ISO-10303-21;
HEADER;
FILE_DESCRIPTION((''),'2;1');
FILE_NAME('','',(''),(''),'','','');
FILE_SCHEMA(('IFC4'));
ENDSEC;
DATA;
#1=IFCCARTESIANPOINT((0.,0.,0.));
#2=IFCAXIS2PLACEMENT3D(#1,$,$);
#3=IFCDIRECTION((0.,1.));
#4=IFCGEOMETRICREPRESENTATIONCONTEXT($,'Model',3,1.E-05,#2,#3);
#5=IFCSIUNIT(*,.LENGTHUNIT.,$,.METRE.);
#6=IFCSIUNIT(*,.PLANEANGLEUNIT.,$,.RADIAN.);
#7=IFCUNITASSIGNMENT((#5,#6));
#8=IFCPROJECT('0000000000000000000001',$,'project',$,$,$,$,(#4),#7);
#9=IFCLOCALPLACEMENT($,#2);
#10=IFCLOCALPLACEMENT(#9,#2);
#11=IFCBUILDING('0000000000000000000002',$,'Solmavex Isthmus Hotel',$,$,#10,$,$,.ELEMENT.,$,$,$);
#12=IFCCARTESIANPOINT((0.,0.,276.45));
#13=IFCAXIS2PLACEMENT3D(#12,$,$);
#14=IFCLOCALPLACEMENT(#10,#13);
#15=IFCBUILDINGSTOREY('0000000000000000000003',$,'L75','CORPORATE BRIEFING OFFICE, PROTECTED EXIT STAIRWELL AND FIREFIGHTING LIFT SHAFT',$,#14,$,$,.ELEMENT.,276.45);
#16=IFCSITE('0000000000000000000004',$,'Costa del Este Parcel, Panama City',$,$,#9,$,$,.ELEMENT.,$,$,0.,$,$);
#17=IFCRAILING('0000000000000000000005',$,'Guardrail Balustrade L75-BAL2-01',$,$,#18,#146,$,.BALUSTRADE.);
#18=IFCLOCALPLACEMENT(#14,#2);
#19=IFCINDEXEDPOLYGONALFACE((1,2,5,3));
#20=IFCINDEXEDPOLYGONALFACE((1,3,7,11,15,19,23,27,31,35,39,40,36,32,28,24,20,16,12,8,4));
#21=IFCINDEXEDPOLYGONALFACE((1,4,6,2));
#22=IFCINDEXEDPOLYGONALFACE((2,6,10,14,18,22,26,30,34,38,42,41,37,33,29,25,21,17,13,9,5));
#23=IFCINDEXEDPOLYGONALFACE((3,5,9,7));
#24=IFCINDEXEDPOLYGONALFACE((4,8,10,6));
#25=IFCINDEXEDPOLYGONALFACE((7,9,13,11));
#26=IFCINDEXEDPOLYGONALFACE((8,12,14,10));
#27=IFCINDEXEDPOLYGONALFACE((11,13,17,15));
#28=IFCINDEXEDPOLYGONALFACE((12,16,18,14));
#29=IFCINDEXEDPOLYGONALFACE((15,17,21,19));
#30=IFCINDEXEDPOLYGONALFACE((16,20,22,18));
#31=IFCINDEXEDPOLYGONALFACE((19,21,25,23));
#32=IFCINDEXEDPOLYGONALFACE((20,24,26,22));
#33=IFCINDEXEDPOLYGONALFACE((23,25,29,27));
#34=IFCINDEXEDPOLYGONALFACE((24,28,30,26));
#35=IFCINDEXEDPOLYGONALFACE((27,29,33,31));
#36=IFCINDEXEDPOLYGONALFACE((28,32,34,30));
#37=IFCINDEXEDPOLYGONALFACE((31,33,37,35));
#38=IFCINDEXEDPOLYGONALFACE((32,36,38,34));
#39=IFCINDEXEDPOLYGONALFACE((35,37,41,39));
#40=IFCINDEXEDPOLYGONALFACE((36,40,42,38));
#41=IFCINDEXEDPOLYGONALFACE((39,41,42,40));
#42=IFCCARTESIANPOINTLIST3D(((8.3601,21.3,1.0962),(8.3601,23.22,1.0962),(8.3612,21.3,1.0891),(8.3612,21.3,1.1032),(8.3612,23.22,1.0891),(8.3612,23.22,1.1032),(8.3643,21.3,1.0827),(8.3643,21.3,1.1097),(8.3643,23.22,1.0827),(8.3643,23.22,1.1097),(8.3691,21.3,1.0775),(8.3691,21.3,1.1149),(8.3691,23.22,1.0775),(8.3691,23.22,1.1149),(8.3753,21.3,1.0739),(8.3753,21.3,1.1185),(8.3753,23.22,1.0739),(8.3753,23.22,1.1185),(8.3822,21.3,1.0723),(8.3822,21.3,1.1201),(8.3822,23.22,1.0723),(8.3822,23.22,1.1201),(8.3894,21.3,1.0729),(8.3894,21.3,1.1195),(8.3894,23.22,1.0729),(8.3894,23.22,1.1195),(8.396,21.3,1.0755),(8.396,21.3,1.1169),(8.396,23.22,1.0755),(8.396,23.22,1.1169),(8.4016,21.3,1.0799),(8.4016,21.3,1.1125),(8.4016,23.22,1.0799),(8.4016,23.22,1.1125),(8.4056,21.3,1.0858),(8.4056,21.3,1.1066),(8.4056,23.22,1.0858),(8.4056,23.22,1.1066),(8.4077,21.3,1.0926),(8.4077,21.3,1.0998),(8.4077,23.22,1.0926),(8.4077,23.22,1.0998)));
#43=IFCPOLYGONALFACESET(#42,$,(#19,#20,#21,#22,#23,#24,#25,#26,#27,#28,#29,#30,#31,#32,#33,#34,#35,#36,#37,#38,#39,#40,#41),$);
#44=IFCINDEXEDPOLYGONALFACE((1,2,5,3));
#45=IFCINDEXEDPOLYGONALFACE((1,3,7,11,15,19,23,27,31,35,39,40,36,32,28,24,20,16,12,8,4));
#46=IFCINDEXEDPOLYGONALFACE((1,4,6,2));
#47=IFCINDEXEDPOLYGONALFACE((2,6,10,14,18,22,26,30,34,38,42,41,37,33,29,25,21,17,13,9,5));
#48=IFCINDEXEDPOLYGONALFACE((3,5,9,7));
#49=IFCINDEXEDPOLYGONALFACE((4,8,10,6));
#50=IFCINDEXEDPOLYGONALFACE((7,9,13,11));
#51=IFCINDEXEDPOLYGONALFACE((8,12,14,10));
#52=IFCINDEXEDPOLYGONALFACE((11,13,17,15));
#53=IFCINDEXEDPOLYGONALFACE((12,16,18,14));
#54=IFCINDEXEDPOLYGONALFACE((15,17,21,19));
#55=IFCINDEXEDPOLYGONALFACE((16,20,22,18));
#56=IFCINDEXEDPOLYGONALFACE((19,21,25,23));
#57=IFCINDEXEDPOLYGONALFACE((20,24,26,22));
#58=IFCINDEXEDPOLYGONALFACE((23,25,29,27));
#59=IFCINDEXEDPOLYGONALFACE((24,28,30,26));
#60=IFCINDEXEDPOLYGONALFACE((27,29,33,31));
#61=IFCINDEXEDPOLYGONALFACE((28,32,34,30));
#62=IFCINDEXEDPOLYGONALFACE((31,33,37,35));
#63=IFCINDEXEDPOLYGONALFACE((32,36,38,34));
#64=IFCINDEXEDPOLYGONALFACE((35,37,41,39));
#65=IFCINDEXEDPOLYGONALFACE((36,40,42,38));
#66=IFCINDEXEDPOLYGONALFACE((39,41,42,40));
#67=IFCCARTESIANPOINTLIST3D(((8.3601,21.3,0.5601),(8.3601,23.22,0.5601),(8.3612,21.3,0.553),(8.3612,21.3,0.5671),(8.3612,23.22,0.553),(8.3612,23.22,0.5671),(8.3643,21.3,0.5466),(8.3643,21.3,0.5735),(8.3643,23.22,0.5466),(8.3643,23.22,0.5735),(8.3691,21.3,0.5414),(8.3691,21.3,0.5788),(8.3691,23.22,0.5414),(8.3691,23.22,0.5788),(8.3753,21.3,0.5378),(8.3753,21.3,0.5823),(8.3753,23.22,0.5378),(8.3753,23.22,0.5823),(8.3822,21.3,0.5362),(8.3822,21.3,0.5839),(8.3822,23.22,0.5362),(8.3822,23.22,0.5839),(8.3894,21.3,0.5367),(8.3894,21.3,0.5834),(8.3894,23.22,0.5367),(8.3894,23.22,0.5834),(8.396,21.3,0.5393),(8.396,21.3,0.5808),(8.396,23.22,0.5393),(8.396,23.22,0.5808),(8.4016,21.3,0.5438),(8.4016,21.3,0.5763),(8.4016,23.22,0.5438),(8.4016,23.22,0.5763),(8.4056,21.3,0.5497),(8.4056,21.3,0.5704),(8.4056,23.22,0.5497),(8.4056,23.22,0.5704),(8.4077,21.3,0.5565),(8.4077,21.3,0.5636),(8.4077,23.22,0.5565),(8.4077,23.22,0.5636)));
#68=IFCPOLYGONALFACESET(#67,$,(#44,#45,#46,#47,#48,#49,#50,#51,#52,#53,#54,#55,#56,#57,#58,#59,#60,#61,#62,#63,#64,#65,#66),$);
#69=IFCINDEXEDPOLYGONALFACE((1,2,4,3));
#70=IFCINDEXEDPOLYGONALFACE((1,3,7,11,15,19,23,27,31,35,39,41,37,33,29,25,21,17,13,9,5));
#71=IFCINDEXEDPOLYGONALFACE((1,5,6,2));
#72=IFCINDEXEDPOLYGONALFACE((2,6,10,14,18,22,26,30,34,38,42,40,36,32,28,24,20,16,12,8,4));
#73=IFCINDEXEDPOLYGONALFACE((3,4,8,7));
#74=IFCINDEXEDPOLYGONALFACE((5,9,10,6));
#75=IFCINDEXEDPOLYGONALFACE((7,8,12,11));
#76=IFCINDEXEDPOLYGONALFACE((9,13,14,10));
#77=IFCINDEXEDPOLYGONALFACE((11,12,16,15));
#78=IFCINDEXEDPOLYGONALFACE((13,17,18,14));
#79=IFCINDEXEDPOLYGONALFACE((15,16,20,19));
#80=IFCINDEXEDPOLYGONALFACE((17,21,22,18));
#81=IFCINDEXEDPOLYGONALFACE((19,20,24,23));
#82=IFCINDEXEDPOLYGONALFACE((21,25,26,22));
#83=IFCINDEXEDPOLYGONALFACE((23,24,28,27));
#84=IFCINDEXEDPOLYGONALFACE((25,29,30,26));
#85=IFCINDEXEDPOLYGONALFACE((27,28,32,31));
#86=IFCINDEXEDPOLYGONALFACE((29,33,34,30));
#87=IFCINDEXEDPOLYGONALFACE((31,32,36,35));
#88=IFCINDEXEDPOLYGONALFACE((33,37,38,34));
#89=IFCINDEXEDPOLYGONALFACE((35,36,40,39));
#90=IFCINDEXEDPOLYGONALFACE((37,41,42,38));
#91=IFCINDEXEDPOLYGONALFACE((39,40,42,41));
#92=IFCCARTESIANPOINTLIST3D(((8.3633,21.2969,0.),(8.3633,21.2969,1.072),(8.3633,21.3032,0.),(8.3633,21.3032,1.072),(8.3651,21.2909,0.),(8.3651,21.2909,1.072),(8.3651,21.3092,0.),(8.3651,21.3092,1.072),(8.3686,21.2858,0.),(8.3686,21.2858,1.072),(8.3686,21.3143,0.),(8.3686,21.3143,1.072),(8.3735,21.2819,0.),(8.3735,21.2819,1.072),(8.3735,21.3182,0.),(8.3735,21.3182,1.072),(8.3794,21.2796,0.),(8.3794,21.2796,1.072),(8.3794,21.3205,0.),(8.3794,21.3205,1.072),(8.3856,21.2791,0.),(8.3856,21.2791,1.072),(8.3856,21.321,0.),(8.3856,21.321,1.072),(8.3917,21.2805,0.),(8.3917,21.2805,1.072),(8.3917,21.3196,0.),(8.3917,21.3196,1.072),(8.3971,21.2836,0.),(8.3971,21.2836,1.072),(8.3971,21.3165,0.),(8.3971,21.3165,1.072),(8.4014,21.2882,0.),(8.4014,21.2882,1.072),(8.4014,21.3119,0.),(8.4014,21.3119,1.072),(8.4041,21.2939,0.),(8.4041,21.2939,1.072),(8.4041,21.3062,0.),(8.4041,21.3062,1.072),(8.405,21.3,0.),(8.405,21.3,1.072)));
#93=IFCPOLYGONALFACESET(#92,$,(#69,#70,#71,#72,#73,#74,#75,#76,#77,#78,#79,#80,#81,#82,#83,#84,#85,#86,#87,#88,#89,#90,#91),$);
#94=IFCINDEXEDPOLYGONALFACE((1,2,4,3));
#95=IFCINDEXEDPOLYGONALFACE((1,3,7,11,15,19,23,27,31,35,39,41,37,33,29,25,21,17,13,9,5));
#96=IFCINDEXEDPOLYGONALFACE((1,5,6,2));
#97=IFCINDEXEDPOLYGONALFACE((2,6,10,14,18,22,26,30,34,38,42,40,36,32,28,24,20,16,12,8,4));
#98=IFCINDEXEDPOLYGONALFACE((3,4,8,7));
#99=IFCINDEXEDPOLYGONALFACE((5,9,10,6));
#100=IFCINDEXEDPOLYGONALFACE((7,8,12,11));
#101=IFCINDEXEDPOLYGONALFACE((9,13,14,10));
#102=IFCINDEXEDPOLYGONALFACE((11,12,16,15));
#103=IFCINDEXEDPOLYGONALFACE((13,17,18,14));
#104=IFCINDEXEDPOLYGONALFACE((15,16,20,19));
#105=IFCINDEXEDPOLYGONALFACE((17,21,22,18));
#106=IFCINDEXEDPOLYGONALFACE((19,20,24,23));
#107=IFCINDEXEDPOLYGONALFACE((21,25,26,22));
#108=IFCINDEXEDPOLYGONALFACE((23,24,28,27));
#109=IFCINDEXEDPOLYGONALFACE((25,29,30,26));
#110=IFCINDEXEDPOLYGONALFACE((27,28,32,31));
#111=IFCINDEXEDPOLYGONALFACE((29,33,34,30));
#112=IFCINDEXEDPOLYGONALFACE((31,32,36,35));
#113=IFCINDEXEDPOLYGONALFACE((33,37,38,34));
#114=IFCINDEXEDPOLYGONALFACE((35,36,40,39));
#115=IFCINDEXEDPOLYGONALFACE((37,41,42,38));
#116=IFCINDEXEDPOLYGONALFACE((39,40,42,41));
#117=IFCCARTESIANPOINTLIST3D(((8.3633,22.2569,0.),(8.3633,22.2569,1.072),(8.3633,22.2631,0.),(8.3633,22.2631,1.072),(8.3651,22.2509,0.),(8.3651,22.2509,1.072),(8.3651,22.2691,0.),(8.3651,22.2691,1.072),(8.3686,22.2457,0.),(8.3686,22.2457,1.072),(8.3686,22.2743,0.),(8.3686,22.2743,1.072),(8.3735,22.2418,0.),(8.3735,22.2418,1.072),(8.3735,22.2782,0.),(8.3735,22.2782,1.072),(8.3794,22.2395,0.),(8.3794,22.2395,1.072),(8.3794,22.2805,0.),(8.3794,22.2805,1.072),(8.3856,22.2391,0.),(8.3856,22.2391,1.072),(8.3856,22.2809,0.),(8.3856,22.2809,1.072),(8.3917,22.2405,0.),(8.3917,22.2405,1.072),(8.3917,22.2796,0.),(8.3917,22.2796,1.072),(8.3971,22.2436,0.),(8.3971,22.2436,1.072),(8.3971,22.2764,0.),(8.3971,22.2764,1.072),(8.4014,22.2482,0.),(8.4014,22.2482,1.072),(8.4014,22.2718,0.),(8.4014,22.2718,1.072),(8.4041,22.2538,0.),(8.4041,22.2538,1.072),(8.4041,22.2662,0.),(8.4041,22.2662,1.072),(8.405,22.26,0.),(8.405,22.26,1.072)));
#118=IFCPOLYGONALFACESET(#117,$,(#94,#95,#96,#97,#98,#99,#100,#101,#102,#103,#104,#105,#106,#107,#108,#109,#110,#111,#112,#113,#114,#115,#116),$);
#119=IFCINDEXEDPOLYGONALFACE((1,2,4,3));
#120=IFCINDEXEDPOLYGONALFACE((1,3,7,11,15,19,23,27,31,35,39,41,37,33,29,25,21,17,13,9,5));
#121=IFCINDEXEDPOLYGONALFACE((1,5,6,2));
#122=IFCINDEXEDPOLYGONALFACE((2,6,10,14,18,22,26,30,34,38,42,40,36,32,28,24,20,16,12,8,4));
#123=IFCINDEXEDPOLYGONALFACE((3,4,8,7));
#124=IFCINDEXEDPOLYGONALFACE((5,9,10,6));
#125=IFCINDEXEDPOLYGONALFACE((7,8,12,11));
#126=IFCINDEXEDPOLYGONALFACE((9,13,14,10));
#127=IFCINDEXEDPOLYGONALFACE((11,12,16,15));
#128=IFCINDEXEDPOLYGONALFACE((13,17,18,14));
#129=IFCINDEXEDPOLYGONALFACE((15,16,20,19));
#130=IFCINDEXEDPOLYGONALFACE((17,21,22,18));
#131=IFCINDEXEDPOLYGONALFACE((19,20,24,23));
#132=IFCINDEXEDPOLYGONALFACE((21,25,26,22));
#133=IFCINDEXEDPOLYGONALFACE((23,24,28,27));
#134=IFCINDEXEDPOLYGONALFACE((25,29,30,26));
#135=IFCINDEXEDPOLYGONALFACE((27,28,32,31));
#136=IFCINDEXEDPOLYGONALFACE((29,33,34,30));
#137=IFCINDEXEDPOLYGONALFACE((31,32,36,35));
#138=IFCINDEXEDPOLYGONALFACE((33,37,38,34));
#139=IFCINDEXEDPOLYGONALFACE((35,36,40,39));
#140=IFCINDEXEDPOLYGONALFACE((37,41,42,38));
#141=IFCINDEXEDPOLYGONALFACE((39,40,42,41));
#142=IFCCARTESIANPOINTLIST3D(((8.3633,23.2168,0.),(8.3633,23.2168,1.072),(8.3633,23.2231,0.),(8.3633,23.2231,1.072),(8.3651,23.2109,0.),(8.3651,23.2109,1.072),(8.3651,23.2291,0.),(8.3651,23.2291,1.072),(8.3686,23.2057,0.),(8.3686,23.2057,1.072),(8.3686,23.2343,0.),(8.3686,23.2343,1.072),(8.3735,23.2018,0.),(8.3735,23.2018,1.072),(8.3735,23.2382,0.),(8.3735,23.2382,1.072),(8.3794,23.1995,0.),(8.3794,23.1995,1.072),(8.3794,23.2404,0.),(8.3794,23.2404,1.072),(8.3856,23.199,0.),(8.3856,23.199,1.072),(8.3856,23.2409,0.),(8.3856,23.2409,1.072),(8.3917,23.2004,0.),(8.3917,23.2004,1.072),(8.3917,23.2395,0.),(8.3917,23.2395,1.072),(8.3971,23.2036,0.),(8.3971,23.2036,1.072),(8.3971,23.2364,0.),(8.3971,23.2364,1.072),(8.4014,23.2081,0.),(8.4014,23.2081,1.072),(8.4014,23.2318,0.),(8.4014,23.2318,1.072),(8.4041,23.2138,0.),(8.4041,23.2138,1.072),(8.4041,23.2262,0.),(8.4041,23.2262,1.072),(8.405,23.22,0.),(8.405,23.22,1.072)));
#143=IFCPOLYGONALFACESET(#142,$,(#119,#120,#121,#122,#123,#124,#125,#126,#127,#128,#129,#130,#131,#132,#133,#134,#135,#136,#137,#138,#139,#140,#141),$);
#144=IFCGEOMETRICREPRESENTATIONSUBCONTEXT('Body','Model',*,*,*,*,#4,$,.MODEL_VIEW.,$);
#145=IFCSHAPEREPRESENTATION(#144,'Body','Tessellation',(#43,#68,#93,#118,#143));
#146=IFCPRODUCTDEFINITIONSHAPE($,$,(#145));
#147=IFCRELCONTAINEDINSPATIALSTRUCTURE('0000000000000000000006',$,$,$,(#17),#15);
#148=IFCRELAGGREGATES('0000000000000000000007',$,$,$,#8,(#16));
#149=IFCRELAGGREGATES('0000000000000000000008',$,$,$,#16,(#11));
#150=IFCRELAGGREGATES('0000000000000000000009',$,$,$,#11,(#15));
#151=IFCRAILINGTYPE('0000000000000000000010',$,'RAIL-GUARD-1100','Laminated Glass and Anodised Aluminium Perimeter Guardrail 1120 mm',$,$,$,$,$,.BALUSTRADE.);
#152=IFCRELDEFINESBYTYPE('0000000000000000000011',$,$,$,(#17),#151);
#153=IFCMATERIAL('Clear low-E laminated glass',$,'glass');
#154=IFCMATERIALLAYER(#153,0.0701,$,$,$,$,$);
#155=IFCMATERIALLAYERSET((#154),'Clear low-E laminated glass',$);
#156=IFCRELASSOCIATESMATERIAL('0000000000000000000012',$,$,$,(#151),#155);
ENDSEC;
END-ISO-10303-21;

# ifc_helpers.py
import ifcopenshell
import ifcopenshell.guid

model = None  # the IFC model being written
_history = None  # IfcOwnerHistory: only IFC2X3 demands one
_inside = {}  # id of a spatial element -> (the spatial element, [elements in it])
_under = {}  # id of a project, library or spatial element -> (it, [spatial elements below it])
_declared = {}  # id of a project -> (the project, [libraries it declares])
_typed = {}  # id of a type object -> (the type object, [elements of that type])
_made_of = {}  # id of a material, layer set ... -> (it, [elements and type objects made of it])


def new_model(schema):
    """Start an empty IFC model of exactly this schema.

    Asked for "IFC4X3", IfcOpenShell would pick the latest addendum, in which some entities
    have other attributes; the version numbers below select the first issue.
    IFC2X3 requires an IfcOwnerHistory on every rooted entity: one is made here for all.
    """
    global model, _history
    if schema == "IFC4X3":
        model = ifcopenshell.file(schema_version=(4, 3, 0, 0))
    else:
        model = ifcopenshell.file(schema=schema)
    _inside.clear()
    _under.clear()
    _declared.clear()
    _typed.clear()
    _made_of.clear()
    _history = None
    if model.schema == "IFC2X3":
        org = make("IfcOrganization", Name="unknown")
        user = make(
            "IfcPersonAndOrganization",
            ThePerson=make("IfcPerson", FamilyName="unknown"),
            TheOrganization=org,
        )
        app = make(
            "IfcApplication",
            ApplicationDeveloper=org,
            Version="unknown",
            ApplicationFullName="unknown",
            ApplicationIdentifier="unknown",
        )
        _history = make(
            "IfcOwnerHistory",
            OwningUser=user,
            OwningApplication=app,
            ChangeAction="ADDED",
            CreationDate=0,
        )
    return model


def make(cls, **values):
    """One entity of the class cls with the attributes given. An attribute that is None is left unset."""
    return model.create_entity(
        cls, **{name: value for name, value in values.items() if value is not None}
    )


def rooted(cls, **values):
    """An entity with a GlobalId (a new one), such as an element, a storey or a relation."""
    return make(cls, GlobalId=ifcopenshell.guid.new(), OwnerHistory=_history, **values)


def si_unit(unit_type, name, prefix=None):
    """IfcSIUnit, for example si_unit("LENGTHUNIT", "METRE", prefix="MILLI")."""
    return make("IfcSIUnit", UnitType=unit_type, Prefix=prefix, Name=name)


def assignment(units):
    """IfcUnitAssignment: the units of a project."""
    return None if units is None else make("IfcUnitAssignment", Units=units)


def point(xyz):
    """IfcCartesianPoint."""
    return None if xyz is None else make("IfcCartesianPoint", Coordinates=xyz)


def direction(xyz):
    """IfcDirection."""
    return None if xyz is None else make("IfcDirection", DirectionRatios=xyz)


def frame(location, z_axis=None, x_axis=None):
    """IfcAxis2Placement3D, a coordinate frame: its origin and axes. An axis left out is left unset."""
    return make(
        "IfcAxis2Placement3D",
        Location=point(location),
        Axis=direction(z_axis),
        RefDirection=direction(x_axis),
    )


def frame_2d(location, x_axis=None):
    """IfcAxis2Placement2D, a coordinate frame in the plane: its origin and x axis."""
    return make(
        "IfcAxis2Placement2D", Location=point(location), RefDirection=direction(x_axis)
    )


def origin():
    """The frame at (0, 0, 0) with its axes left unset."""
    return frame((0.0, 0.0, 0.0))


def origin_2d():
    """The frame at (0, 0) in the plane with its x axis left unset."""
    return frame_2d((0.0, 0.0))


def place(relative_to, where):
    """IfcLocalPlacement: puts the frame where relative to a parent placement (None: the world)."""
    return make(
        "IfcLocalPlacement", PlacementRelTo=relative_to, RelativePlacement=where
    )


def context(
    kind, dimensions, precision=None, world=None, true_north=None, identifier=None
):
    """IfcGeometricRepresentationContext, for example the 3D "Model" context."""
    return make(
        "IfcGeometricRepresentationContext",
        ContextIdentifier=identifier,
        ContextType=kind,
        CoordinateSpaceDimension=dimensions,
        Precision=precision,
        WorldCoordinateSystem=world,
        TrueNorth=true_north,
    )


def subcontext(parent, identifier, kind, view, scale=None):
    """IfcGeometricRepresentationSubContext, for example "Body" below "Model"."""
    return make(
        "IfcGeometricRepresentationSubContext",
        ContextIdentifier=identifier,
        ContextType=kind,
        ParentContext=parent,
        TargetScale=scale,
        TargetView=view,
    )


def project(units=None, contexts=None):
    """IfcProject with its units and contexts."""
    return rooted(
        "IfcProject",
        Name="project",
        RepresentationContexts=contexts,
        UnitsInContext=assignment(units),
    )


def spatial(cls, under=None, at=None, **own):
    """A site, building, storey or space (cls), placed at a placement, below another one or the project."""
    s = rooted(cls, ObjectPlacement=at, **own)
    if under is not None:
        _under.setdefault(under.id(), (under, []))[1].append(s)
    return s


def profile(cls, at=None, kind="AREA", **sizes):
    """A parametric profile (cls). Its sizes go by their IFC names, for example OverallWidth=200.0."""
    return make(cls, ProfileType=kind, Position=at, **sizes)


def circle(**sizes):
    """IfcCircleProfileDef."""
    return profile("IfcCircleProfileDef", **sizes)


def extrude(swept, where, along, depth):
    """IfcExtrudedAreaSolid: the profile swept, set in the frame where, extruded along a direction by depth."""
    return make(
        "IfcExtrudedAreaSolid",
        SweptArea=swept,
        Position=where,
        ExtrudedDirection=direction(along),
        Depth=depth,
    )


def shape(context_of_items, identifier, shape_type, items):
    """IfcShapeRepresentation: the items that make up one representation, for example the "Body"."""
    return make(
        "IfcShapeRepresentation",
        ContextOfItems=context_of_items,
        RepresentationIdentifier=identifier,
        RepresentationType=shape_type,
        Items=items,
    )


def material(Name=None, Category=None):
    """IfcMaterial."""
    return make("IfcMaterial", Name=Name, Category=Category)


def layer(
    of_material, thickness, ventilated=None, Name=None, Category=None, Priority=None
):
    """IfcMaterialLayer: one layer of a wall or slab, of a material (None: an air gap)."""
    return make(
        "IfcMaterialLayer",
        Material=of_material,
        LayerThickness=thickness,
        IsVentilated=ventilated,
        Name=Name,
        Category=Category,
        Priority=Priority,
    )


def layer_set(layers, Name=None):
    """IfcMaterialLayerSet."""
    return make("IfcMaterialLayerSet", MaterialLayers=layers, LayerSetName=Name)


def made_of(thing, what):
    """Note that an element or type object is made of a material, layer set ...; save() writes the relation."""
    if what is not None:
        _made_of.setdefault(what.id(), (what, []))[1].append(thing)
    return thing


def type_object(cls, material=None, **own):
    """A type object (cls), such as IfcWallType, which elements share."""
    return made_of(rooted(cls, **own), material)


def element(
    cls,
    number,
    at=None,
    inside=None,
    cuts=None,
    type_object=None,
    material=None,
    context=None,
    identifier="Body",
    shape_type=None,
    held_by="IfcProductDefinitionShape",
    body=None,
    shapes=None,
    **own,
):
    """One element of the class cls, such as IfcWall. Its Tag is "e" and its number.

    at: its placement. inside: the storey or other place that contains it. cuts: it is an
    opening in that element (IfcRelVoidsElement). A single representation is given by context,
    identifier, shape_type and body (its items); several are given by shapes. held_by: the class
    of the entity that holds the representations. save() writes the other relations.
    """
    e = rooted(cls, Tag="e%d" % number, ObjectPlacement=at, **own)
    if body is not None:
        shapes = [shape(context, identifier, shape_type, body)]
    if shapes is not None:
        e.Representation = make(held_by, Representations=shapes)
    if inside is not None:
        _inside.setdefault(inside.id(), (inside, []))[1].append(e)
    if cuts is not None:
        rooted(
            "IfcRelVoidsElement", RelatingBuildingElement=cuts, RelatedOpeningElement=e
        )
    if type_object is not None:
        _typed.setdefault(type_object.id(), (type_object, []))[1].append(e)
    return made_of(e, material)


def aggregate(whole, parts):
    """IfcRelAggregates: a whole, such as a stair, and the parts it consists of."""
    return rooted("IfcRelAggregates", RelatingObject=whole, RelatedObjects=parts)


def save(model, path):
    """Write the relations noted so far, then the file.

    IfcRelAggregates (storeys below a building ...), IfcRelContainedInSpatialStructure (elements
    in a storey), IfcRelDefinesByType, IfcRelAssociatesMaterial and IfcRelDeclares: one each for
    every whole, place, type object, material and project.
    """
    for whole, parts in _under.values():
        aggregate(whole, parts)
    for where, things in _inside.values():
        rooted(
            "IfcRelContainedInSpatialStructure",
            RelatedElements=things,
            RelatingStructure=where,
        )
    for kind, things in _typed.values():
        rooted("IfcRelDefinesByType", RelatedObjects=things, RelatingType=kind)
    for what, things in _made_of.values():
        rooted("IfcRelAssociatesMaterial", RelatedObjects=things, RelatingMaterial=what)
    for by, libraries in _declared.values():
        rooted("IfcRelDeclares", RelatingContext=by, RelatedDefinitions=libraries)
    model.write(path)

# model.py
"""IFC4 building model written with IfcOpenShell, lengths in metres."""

from ifc_helpers import new_model, si_unit, direction, frame, origin, origin_2d, place, context, subcontext, project, spatial, circle, extrude, material, layer, layer_set, type_object, element, save


model = new_model("IFC4")

# Units and contexts
model_context = context("Model", 3, precision=1e-05, world=origin(), true_north=direction((0.0, 1.0)))
body_context = subcontext(model_context, "Body", "Model", "MODEL_VIEW")
ifc_project = project(units=[si_unit("LENGTHUNIT", "METRE"), si_unit("PLANEANGLEUNIT", "RADIAN")], contexts=[model_context])

# Site, building, storey
site_placement = place(None, origin())
site = spatial("IfcSite", under=ifc_project, at=site_placement, Name="Costa del Este Parcel, Panama City", CompositionType="ELEMENT", RefElevation=0.0)
building_placement = place(site_placement, origin())
building = spatial("IfcBuilding", under=site, at=building_placement, Name="Solmavex Isthmus Hotel", CompositionType="ELEMENT")
storey_placement = place(building_placement, frame((0.0, 0.0, 276.45)))
storey = spatial("IfcBuildingStorey", under=building, at=storey_placement, Name="L75", Description="CORPORATE BRIEFING OFFICE, PROTECTED EXIT STAIRWELL AND FIREFIGHTING LIFT SHAFT", CompositionType="ELEMENT", Elevation=276.45)

# Shared definitions
ifc_material_1 = material(Name="Clear low-E laminated glass", Category="glass")

# Railing
ifc_layer_1 = layer(ifc_material_1, 0.0701)
ifc_layer_set_1 = layer_set([ifc_layer_1], Name="Clear low-E laminated glass")
railing_type = type_object("IfcRailingType", Name="RAIL-GUARD-1100", Description="Laminated Glass and Anodised Aluminium Perimeter Guardrail 1120 mm", PredefinedType="BALUSTRADE", material=ifc_layer_set_1)
railing_1_placement = place(storey_placement, frame((8.384, 21.3, 0.0)))
element("IfcRailing", 1, at=railing_1_placement, inside=storey, type_object=railing_type, Name="Guardrail Balustrade L75-BAL2-01", PredefinedType="BALUSTRADE", context=body_context, shape_type="SweptSolid", body=[
    extrude(circle(Radius=0.0239, at=origin_2d()), frame((0.0, 0.0, 1.0962), z_axis=(0.0, 1.0, 0.0), x_axis=(-1.0, 0.0, 0.0)), (0.0, 0.0, 1.0), 1.9199),
    extrude(circle(Radius=0.0239, at=origin_2d()), frame((0.0, 0.0, 0.5601), z_axis=(0.0, 1.0, 0.0), x_axis=(-1.0, 0.0, 0.0)), (0.0, 0.0, 1.0), 1.9199),
    extrude(circle(Radius=0.021, at=origin_2d()), origin(), (0.0, 0.0, 1.0), 1.072),
    extrude(circle(Radius=0.021, at=origin_2d()), frame((0.0, 0.96, 0.0)), (0.0, 0.0, 1.0), 1.072),
    extrude(circle(Radius=0.021, at=origin_2d()), frame((0.0, 1.9199, 0.0)), (0.0, 0.0, 1.0), 1.072),
])

save(model, "model.ifc")
